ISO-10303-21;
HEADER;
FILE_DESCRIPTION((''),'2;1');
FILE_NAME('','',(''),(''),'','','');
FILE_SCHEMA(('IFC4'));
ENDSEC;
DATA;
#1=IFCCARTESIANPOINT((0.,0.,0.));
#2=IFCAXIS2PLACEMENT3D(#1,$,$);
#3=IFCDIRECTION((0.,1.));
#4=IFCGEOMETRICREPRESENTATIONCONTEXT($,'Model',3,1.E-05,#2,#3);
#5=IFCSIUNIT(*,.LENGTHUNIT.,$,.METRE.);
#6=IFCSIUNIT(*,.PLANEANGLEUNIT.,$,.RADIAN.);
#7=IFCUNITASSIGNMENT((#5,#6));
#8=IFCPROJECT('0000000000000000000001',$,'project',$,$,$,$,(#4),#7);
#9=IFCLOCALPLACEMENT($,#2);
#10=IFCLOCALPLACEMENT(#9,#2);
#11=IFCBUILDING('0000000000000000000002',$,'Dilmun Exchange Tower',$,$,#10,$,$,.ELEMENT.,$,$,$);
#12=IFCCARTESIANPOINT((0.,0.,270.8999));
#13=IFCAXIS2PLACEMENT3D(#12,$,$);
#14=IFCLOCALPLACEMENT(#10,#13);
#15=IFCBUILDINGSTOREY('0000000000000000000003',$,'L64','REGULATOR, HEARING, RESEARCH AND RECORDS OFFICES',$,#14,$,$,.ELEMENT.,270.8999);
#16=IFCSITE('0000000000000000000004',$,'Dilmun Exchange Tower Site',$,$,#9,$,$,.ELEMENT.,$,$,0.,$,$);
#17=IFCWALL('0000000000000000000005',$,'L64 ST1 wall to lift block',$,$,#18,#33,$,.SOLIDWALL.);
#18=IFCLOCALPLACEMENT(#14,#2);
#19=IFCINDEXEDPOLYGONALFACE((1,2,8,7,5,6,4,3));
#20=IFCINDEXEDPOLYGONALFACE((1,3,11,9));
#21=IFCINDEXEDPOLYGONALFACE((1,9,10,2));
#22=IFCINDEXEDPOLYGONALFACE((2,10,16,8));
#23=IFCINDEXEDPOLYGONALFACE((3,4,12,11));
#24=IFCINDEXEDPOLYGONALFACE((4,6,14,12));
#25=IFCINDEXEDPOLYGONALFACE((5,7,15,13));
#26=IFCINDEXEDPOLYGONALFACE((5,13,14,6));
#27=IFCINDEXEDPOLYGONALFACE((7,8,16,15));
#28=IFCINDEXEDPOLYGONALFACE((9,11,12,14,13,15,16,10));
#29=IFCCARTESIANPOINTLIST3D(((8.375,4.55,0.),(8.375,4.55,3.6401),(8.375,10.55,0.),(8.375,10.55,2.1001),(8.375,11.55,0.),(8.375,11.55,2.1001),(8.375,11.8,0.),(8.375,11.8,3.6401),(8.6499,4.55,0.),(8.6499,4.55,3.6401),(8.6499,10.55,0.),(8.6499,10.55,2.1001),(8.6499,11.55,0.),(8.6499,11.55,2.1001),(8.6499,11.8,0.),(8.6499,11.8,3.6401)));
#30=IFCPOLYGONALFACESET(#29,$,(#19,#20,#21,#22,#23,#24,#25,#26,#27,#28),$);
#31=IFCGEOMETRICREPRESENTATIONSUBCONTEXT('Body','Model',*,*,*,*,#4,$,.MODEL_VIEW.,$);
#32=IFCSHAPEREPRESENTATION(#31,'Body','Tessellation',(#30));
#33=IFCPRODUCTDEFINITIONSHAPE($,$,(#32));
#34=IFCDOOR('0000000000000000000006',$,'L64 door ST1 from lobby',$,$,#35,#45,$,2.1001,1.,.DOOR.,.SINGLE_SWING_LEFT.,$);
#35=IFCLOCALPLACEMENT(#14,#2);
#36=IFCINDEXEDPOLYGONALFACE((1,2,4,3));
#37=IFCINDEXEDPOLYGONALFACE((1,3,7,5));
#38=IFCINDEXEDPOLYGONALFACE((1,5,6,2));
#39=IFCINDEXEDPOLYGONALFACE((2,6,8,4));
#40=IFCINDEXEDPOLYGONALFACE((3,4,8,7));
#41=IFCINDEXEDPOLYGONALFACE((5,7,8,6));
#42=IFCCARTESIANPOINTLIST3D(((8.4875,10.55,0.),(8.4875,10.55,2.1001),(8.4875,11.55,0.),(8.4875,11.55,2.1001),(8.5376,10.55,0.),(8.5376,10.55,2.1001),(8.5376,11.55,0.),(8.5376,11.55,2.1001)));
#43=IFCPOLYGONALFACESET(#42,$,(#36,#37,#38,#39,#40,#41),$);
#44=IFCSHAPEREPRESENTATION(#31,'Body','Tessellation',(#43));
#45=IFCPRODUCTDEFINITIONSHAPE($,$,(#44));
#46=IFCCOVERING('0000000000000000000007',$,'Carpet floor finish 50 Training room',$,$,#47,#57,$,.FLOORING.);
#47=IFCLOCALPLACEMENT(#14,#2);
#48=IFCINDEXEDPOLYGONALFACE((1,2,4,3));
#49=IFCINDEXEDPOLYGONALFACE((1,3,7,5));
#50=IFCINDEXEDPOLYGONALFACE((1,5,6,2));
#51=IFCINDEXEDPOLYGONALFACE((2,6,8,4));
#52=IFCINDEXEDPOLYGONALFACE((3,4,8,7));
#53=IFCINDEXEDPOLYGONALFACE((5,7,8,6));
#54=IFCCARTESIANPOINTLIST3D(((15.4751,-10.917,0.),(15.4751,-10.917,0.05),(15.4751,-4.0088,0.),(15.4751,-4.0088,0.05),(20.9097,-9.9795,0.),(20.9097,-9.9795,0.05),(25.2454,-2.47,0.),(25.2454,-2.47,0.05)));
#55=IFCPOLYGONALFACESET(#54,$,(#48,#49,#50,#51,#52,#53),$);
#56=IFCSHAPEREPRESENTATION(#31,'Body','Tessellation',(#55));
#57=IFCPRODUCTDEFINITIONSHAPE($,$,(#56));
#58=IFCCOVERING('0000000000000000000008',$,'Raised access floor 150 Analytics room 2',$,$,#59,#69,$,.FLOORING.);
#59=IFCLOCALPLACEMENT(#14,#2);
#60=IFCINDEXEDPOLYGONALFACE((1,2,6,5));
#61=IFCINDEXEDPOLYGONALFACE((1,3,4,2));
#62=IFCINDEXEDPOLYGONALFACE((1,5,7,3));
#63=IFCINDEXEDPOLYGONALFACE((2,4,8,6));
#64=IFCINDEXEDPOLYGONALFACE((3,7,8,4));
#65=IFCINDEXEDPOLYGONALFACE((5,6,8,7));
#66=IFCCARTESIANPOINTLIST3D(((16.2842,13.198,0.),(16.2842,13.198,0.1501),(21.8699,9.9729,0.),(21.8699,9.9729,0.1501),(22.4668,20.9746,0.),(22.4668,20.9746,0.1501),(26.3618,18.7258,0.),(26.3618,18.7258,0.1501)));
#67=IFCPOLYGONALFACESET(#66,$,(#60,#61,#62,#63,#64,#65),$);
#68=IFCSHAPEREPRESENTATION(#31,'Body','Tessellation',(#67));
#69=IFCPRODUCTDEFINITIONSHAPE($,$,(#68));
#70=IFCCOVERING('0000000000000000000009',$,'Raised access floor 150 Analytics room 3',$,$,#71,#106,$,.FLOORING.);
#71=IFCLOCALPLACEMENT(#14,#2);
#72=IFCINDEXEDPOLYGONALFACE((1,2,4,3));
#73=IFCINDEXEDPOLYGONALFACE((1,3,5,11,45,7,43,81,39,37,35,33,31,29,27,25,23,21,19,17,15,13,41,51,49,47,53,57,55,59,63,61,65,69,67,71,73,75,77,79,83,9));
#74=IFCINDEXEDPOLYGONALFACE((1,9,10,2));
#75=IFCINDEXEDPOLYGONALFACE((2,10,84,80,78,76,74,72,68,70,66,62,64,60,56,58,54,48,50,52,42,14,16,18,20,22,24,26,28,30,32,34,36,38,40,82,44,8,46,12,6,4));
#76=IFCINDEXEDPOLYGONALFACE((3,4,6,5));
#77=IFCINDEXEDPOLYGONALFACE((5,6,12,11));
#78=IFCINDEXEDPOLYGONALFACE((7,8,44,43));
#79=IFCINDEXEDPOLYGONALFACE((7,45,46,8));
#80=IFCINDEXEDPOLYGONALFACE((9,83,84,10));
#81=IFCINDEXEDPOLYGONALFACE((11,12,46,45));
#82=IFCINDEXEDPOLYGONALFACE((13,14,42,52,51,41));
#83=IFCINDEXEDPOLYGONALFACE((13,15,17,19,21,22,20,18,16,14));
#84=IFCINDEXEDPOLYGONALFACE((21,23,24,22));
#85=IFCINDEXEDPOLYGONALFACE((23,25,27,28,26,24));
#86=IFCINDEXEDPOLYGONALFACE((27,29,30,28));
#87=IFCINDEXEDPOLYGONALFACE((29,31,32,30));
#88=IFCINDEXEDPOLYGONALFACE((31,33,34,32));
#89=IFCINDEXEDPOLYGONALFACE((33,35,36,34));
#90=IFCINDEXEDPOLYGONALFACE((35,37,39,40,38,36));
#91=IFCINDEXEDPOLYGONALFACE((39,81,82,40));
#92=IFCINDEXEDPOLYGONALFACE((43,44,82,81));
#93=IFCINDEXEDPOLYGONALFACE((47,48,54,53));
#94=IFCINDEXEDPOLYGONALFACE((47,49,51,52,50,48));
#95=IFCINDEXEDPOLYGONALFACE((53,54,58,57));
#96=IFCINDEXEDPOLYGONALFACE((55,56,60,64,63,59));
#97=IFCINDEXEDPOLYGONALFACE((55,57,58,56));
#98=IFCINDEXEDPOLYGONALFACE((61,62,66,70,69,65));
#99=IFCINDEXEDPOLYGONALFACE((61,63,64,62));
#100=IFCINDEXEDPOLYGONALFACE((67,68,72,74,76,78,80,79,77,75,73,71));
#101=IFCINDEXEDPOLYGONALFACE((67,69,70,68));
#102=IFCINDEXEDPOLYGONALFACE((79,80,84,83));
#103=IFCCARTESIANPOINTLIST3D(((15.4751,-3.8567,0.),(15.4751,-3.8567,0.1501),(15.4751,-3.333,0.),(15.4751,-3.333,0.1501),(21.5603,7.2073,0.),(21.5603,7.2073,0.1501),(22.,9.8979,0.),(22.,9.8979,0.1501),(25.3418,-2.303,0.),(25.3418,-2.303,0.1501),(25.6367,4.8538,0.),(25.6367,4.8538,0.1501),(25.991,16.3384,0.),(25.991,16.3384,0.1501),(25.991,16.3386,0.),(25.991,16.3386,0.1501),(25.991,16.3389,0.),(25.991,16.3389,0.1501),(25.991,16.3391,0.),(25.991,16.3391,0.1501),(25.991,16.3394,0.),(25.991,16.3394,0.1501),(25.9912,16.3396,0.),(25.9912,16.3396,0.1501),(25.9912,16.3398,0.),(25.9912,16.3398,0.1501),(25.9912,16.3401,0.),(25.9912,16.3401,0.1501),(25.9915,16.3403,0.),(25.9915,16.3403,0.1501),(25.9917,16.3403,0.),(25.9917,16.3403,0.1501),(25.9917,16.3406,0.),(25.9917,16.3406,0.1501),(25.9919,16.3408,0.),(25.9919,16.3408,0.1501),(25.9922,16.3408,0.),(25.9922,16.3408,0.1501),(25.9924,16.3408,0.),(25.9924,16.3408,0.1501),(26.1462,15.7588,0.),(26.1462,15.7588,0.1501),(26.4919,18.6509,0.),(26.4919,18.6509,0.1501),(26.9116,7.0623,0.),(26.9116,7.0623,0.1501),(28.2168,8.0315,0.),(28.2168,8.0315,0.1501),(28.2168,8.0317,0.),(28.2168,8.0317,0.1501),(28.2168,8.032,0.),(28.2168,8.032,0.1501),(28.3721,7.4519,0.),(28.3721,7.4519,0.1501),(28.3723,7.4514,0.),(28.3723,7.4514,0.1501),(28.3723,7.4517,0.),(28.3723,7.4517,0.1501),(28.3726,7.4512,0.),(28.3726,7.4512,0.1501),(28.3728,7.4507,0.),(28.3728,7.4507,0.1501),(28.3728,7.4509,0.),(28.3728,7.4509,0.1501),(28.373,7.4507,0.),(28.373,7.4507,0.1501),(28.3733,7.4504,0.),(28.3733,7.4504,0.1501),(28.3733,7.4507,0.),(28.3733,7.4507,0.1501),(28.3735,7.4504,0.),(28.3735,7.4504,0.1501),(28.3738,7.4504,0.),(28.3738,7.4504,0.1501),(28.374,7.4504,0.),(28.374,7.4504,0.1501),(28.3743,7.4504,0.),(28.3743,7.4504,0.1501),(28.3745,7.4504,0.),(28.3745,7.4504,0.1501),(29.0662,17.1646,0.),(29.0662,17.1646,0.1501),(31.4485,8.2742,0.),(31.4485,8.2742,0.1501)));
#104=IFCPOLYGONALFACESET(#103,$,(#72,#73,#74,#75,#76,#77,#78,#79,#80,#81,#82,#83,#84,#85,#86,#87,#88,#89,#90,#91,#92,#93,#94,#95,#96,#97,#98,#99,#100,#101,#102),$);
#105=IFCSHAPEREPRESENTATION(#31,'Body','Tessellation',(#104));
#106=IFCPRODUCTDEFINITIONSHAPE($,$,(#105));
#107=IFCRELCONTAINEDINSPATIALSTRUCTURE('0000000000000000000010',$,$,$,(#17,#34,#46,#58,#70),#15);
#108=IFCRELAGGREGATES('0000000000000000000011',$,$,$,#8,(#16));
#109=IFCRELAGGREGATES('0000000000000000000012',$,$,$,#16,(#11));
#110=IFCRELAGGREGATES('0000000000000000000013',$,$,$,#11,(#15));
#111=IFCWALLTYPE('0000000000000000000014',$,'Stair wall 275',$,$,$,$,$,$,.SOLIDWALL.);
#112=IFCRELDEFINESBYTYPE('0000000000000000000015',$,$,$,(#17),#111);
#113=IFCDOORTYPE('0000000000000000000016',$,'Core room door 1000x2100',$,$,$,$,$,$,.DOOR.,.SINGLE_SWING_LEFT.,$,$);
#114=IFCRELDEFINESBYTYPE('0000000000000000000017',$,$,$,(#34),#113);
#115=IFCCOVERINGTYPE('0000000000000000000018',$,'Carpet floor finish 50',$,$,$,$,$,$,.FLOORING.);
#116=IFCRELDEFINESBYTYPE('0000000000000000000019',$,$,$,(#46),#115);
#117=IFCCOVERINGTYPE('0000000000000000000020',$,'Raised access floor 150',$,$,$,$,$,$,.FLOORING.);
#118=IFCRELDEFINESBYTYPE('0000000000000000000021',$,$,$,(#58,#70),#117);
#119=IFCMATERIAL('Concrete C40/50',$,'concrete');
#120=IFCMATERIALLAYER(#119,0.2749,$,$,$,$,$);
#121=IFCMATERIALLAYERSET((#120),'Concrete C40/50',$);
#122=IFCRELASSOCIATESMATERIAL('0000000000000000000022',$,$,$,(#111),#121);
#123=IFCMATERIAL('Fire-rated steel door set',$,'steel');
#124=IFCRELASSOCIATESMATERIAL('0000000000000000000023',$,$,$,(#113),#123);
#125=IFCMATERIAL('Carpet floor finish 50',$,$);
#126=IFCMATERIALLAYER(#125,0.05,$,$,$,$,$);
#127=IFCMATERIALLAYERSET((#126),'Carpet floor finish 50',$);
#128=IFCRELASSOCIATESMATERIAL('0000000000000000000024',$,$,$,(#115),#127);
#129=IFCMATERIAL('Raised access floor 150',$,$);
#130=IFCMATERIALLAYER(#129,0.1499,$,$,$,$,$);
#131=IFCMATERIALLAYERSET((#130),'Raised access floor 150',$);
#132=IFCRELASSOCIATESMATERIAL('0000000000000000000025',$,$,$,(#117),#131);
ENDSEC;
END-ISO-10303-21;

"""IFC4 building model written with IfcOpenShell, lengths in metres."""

from ifc_helpers import new_model, si_unit, direction, frame, frame_2d, origin, place, context, subcontext, project, spatial, polyline, rectangle, outline, extrude, material, layer, layer_set, type_object, element, fill, save


model = new_model("IFC4")

# Units and contexts
model_context = context("Model", 3, precision=1e-05, world=origin(), true_north=direction((0.0, 1.0)))
body_context = subcontext(model_context, "Body", "Model", "MODEL_VIEW")
ifc_project = project(units=[si_unit("LENGTHUNIT", "METRE"), si_unit("PLANEANGLEUNIT", "RADIAN")], contexts=[model_context])

# Site, building, storey
site_placement = place(None, origin())
site = spatial("IfcSite", under=ifc_project, at=site_placement, Name="Dilmun Exchange Tower Site", CompositionType="ELEMENT", RefElevation=0.0)
building_placement = place(site_placement, origin())
building = spatial("IfcBuilding", under=site, at=building_placement, Name="Dilmun Exchange Tower", CompositionType="ELEMENT")
storey_placement = place(building_placement, frame((0.0, 0.0, 270.8999)))
storey = spatial("IfcBuildingStorey", under=building, at=storey_placement, Name="L64", Description="REGULATOR, HEARING, RESEARCH AND RECORDS OFFICES", CompositionType="ELEMENT", Elevation=270.8999)

# Shared definitions
ifc_material_1 = material(Name="Concrete C40/50", Category="concrete")

# Shared definitions
ifc_material_2 = material(Name="Fire-rated steel door set", Category="steel")

# Wall, opening, door
ifc_layer_1 = layer(ifc_material_1, 0.2749)
ifc_layer_set_1 = layer_set([ifc_layer_1], Name="Concrete C40/50")
wall_type_1 = type_object("IfcWallType", Name="Stair wall 275", PredefinedType="SOLIDWALL", material=ifc_layer_set_1)
wall_1_placement = place(storey_placement, frame((8.5125, 4.55, 0.0), z_axis=(0.0, 0.0, 1.0), x_axis=(0.0, 1.0, 0.0)))
wall_1 = element("IfcWall", 1, at=wall_1_placement, inside=storey, type_object=wall_type_1, Name="L64 ST1 wall to lift block", PredefinedType="SOLIDWALL", context=body_context, shape_type="SweptSolid", body=[
    extrude(rectangle(XDim=7.25, YDim=0.2749, at=frame_2d((3.625, 0.0))), origin(), (0.0, 0.0, 1.0), 3.6401),
])
opening_1_placement = place(wall_1_placement, frame((6.0, 0.0, 0.0)))
opening_1 = element("IfcOpeningElement", 2, at=opening_1_placement, cuts=wall_1, PredefinedType="OPENING", context=body_context, shape_type="SweptSolid", body=[
    extrude(rectangle(XDim=1.0, YDim=2.1001, at=frame_2d((0.5, 1.05))), frame((0.0, 0.1475, 0.0), z_axis=(0.0, -1.0, 0.0), x_axis=(1.0, 0.0, 0.0)), (0.0, 0.0, 1.0), 0.2949),
])
door_type_1 = type_object("IfcDoorType", Name="Core room door 1000x2100", OperationType="SINGLE_SWING_LEFT", PredefinedType="DOOR", material=ifc_material_2)
door_1_placement = place(opening_1_placement, origin())
door_1 = element("IfcDoor", 3, at=door_1_placement, inside=storey, type_object=door_type_1, Name="L64 door ST1 from lobby", OperationType="SINGLE_SWING_LEFT", OverallHeight=2.1001, OverallWidth=1.0, PredefinedType="DOOR", context=body_context, shape_type="SweptSolid", body=[
    extrude(rectangle(XDim=1.0, YDim=2.1001, at=frame_2d((0.5, 1.05))), frame((0.0, 0.0249, 0.0), z_axis=(0.0, -1.0, 0.0), x_axis=(1.0, 0.0, 0.0)), (0.0, 0.0, 1.0), 0.05),
])
fill(opening_1, door_1)

# Coverings
ifc_material_3 = material(Name="Carpet floor finish 50")
ifc_layer_2 = layer(ifc_material_3, 0.05)
ifc_layer_set_2 = layer_set([ifc_layer_2], Name="Carpet floor finish 50")
covering_type_1 = type_object("IfcCoveringType", Name="Carpet floor finish 50", PredefinedType="FLOORING", material=ifc_layer_set_2)
covering_1_placement = place(storey_placement, origin())
element("IfcCovering", 4, at=covering_1_placement, inside=storey, type_object=covering_type_1, Name="Carpet floor finish 50 Training room", PredefinedType="FLOORING", context=body_context, shape_type="SweptSolid", body=[
    extrude(outline(polyline([(15.4751, -10.917), (15.4751, -4.0088), (25.2454, -2.47), (20.9097, -9.9795), (15.4751, -10.917)])), origin(), (0.0, 0.0, 1.0), 0.05),
])
ifc_material_4 = material(Name="Raised access floor 150")
ifc_layer_3 = layer(ifc_material_4, 0.1499)
ifc_layer_set_3 = layer_set([ifc_layer_3], Name="Raised access floor 150")
covering_type_2 = type_object("IfcCoveringType", Name="Raised access floor 150", PredefinedType="FLOORING", material=ifc_layer_set_3)
covering_2_placement = place(storey_placement, origin())
element("IfcCovering", 5, at=covering_2_placement, inside=storey, type_object=covering_type_2, Name="Raised access floor 150 Analytics room 2", PredefinedType="FLOORING", context=body_context, shape_type="SweptSolid", body=[
    extrude(outline(polyline([(21.8699, 9.9729), (16.2842, 13.198), (22.4668, 20.9746), (26.3618, 18.7258), (21.8699, 9.9729)])), origin(), (0.0, 0.0, 1.0), 0.1501),
])
covering_3_placement = place(storey_placement, origin())
element("IfcCovering", 6, at=covering_3_placement, inside=storey, type_object=covering_type_2, Name="Raised access floor 150 Analytics room 3", PredefinedType="FLOORING", context=body_context, shape_type="SweptSolid", body=[
    extrude(outline(polyline([(25.6367, 4.8538), (26.9116, 7.0623), (22.0, 9.8979), (26.4919, 18.6509), (29.0662, 17.1646), (25.9924, 16.3408), (25.9922, 16.3408), (25.9922, 16.3408), (25.9919, 16.3408), (25.9917, 16.3406), (25.9917, 16.3403), (25.9915, 16.3403), (25.9912, 16.3401), (25.9912, 16.3401), (25.9912, 16.3398), (25.9912, 16.3396), (25.991, 16.3394), (25.991, 16.3391), (25.991, 16.3391), (25.991, 16.3389), (25.991, 16.3386), (25.991, 16.3384), (26.1462, 15.7588), (28.2168, 8.032), (28.2168, 8.032), (28.2168, 8.0317), (28.2168, 8.0317), (28.2168, 8.0315), (28.3721, 7.4519), (28.3723, 7.4517), (28.3723, 7.4514), (28.3723, 7.4514), (28.3726, 7.4512), (28.3726, 7.4512), (28.3728, 7.4509), (28.3728, 7.4507), (28.373, 7.4507), (28.3733, 7.4507), (28.3733, 7.4504), (28.3735, 7.4504), (28.3738, 7.4504), (28.374, 7.4504), (28.3743, 7.4504), (28.3745, 7.4504), (28.3745, 7.4504), (31.4485, 8.2742), (25.3418, -2.303), (15.4751, -3.8567), (15.4751, -3.333), (21.5603, 7.2073), (25.6367, 4.8538)])), origin(), (0.0, 0.0, 1.0), 0.1501),
])

save(model, "model.ifc")
